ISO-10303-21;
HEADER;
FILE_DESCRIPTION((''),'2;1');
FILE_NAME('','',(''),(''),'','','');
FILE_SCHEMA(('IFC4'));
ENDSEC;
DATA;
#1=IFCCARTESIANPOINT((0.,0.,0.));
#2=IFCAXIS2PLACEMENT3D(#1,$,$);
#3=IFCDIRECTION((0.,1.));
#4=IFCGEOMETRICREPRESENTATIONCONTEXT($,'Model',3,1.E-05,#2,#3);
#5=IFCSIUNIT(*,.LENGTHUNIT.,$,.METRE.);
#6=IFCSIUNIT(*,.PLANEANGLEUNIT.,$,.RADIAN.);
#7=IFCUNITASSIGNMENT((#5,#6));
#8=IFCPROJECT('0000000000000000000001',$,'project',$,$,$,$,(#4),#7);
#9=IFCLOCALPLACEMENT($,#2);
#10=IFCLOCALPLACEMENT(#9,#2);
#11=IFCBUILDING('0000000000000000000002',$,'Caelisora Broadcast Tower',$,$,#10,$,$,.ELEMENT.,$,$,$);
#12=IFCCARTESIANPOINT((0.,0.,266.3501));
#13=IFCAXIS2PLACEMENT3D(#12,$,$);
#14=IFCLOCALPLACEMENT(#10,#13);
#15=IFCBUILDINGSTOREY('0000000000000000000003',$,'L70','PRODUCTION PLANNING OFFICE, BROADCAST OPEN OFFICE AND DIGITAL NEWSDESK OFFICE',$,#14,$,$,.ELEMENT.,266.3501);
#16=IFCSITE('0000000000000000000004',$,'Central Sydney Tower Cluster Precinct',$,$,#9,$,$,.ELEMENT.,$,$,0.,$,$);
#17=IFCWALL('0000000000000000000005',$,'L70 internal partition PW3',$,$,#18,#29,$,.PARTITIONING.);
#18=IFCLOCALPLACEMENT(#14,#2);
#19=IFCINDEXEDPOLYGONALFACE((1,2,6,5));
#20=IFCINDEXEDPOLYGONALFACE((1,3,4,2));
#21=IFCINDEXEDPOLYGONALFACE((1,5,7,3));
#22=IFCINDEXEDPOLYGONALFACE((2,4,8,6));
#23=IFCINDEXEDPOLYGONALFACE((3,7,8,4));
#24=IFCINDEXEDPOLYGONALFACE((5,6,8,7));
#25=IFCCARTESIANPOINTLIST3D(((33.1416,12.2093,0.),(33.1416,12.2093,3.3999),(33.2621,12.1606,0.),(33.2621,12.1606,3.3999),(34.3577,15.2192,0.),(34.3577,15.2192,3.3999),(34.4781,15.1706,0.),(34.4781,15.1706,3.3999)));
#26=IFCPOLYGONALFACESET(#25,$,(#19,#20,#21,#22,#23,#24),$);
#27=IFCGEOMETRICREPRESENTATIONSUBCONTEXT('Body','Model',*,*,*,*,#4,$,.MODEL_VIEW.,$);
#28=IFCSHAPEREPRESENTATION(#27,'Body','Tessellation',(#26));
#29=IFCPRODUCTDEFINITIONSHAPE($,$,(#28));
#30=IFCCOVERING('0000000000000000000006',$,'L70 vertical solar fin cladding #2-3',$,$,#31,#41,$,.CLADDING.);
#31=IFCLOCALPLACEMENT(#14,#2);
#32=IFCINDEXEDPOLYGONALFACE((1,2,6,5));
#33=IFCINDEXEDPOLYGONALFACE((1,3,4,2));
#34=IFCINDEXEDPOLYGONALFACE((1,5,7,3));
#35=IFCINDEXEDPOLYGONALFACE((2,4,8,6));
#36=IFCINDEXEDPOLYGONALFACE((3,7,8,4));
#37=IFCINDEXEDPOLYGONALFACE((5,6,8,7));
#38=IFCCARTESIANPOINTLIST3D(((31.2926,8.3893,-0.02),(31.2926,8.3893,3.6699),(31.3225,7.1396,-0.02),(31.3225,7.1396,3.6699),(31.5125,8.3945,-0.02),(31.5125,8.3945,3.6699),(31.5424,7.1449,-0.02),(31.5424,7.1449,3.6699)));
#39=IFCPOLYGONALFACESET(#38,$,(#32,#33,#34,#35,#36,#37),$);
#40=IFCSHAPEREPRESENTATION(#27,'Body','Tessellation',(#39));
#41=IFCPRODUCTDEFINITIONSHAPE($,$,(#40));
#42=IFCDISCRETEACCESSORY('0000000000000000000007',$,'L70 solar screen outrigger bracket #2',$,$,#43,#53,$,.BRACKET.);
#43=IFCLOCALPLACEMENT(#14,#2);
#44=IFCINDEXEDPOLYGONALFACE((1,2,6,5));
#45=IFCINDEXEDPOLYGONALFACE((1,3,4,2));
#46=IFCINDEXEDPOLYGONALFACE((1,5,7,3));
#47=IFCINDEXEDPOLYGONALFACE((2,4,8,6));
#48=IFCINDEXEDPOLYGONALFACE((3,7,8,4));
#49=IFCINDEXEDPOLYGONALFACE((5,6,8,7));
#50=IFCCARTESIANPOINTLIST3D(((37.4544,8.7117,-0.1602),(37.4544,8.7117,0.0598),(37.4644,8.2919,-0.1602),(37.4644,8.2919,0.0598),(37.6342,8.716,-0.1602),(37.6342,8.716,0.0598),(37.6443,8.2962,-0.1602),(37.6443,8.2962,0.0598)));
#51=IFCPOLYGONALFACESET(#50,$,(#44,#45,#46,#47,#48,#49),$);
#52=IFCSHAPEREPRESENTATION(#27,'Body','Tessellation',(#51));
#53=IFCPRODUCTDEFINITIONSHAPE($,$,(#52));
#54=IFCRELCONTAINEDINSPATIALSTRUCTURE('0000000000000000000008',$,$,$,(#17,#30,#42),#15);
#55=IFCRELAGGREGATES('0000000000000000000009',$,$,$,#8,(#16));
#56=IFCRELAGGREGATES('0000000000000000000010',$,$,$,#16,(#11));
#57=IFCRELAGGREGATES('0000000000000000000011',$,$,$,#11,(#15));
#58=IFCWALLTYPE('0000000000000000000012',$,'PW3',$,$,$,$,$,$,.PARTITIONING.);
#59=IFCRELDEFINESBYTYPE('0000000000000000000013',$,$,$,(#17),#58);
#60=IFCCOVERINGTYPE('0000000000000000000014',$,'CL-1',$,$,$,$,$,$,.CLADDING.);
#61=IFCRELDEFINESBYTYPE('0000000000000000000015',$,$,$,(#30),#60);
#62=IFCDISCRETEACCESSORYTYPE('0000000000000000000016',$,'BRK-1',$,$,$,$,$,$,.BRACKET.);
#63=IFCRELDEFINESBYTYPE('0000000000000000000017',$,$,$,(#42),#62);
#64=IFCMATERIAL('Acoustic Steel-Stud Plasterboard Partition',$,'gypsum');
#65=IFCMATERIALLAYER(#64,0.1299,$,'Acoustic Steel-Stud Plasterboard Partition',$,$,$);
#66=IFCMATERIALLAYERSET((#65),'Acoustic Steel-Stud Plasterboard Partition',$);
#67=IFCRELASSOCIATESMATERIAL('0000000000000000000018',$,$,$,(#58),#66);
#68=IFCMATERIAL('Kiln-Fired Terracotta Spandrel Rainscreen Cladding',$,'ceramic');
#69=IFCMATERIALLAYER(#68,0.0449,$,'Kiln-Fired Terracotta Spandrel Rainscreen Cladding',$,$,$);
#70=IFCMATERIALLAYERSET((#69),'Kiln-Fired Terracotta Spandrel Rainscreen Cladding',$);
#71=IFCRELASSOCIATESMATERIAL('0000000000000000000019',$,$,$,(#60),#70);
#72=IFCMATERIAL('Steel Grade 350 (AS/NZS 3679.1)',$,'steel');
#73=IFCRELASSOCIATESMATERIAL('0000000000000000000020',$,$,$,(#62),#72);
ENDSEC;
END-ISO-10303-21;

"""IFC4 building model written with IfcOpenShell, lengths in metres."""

from ifc_helpers import new_model, si_unit, direction, frame, frame_2d, origin, origin_2d, place, context, subcontext, project, spatial, rectangle, extrude, source, transform, mapped, material, layer, layer_set, type_object, type_shapes, element, save


model = new_model("IFC4")

# Units and contexts
model_context = context("Model", 3, precision=1e-05, world=origin(), true_north=direction((0.0, 1.0)))
body_context = subcontext(model_context, "Body", "Model", "MODEL_VIEW")
ifc_project = project(units=[si_unit("LENGTHUNIT", "METRE"), si_unit("PLANEANGLEUNIT", "RADIAN")], contexts=[model_context])

# Site, building, storey
site_placement = place(None, origin())
site = spatial("IfcSite", under=ifc_project, at=site_placement, Name="Central Sydney Tower Cluster Precinct", CompositionType="ELEMENT", RefElevation=0.0)
building_placement = place(site_placement, origin())
building = spatial("IfcBuilding", under=site, at=building_placement, Name="Caelisora Broadcast Tower", CompositionType="ELEMENT")
storey_placement = place(building_placement, frame((0.0, 0.0, 266.3501)))
storey = spatial("IfcBuildingStorey", under=building, at=storey_placement, Name="L70", Description="PRODUCTION PLANNING OFFICE, BROADCAST OPEN OFFICE AND DIGITAL NEWSDESK OFFICE", CompositionType="ELEMENT", Elevation=266.3501)

# Shared definitions
ifc_material_1 = material(Name="Steel Grade 350 (AS/NZS 3679.1)", Category="steel")

# Shared definitions
ifc_material_2 = material(Name="Acoustic Steel-Stud Plasterboard Partition", Category="gypsum")
ifc_layer_1 = layer(ifc_material_2, 0.1299, Name="Acoustic Steel-Stud Plasterboard Partition")
ifc_layer_set_1 = layer_set([ifc_layer_1], Name="Acoustic Steel-Stud Plasterboard Partition")
wall_type = type_object("IfcWallType", Name="PW3", PredefinedType="PARTITIONING", material=ifc_layer_set_1)

# Wall
wall_1_placement = place(storey_placement, frame((33.2019, 12.1851, 0.0), z_axis=(0.0, 0.0, 1.0), x_axis=(0.374591, 0.92719, 0.0)))
element("IfcWall", 1, at=wall_1_placement, inside=storey, type_object=wall_type, Name="L70 internal partition PW3", PredefinedType="PARTITIONING", context=body_context, shape_type="SweptSolid", body=[
    extrude(rectangle(XDim=3.2463, YDim=0.1299, at=frame_2d((1.623, 0.0))), origin(), (0.0, 0.0, 1.0), 3.3999),
])

# Covering
ifc_material_3 = material(Name="Kiln-Fired Terracotta Spandrel Rainscreen Cladding", Category="ceramic")
ifc_layer_2 = layer(ifc_material_3, 0.0449, Name="Kiln-Fired Terracotta Spandrel Rainscreen Cladding")
ifc_layer_set_2 = layer_set([ifc_layer_2], Name="Kiln-Fired Terracotta Spandrel Rainscreen Cladding")
covering_type = type_object("IfcCoveringType", Name="CL-1", PredefinedType="CLADDING", material=ifc_layer_set_2)
shared_shape_1 = source(origin(), body_context, "Body", "SweptSolid", [
    extrude(rectangle(XDim=0.22, YDim=1.25, at=origin_2d()), origin(), (0.0, 0.0, 1.0), 3.6899),
])
type_shapes(covering_type, [shared_shape_1])
covering_placement = place(storey_placement, frame((31.4175, 7.7671, -0.02), z_axis=(0.0, 0.0, 1.0), x_axis=(-0.999714, -0.023909, 0.0)))
element("IfcCovering", 2, at=covering_placement, inside=storey, type_object=covering_type, Name="L70 vertical solar fin cladding #2-3", PredefinedType="CLADDING", context=body_context, shape_type="MappedRepresentation", body=[
    mapped(shared_shape_1, transform((0.0, 0.0, 0.0), scale=1.0)),
])

# Discrete accessory
discrete_accessory_type = type_object("IfcDiscreteAccessoryType", Name="BRK-1", PredefinedType="BRACKET", material=ifc_material_1)
shared_shape_2 = source(origin(), body_context, "Body", "SweptSolid", [
    extrude(rectangle(XDim=0.1799, YDim=0.4199, at=origin_2d()), origin(), (0.0, 0.0, 1.0), 0.22),
])
type_shapes(discrete_accessory_type, [shared_shape_2])
discrete_accessory_placement = place(storey_placement, frame((37.5493, 8.5039, -0.1602), z_axis=(0.0, 0.0, 1.0), x_axis=(0.999714, 0.023909, 0.0)))
element("IfcDiscreteAccessory", 3, at=discrete_accessory_placement, inside=storey, type_object=discrete_accessory_type, Name="L70 solar screen outrigger bracket #2", PredefinedType="BRACKET", context=body_context, shape_type="MappedRepresentation", body=[
    mapped(shared_shape_2, transform((0.0, 0.0, 0.0), scale=1.0)),
])

save(model, "model.ifc")
